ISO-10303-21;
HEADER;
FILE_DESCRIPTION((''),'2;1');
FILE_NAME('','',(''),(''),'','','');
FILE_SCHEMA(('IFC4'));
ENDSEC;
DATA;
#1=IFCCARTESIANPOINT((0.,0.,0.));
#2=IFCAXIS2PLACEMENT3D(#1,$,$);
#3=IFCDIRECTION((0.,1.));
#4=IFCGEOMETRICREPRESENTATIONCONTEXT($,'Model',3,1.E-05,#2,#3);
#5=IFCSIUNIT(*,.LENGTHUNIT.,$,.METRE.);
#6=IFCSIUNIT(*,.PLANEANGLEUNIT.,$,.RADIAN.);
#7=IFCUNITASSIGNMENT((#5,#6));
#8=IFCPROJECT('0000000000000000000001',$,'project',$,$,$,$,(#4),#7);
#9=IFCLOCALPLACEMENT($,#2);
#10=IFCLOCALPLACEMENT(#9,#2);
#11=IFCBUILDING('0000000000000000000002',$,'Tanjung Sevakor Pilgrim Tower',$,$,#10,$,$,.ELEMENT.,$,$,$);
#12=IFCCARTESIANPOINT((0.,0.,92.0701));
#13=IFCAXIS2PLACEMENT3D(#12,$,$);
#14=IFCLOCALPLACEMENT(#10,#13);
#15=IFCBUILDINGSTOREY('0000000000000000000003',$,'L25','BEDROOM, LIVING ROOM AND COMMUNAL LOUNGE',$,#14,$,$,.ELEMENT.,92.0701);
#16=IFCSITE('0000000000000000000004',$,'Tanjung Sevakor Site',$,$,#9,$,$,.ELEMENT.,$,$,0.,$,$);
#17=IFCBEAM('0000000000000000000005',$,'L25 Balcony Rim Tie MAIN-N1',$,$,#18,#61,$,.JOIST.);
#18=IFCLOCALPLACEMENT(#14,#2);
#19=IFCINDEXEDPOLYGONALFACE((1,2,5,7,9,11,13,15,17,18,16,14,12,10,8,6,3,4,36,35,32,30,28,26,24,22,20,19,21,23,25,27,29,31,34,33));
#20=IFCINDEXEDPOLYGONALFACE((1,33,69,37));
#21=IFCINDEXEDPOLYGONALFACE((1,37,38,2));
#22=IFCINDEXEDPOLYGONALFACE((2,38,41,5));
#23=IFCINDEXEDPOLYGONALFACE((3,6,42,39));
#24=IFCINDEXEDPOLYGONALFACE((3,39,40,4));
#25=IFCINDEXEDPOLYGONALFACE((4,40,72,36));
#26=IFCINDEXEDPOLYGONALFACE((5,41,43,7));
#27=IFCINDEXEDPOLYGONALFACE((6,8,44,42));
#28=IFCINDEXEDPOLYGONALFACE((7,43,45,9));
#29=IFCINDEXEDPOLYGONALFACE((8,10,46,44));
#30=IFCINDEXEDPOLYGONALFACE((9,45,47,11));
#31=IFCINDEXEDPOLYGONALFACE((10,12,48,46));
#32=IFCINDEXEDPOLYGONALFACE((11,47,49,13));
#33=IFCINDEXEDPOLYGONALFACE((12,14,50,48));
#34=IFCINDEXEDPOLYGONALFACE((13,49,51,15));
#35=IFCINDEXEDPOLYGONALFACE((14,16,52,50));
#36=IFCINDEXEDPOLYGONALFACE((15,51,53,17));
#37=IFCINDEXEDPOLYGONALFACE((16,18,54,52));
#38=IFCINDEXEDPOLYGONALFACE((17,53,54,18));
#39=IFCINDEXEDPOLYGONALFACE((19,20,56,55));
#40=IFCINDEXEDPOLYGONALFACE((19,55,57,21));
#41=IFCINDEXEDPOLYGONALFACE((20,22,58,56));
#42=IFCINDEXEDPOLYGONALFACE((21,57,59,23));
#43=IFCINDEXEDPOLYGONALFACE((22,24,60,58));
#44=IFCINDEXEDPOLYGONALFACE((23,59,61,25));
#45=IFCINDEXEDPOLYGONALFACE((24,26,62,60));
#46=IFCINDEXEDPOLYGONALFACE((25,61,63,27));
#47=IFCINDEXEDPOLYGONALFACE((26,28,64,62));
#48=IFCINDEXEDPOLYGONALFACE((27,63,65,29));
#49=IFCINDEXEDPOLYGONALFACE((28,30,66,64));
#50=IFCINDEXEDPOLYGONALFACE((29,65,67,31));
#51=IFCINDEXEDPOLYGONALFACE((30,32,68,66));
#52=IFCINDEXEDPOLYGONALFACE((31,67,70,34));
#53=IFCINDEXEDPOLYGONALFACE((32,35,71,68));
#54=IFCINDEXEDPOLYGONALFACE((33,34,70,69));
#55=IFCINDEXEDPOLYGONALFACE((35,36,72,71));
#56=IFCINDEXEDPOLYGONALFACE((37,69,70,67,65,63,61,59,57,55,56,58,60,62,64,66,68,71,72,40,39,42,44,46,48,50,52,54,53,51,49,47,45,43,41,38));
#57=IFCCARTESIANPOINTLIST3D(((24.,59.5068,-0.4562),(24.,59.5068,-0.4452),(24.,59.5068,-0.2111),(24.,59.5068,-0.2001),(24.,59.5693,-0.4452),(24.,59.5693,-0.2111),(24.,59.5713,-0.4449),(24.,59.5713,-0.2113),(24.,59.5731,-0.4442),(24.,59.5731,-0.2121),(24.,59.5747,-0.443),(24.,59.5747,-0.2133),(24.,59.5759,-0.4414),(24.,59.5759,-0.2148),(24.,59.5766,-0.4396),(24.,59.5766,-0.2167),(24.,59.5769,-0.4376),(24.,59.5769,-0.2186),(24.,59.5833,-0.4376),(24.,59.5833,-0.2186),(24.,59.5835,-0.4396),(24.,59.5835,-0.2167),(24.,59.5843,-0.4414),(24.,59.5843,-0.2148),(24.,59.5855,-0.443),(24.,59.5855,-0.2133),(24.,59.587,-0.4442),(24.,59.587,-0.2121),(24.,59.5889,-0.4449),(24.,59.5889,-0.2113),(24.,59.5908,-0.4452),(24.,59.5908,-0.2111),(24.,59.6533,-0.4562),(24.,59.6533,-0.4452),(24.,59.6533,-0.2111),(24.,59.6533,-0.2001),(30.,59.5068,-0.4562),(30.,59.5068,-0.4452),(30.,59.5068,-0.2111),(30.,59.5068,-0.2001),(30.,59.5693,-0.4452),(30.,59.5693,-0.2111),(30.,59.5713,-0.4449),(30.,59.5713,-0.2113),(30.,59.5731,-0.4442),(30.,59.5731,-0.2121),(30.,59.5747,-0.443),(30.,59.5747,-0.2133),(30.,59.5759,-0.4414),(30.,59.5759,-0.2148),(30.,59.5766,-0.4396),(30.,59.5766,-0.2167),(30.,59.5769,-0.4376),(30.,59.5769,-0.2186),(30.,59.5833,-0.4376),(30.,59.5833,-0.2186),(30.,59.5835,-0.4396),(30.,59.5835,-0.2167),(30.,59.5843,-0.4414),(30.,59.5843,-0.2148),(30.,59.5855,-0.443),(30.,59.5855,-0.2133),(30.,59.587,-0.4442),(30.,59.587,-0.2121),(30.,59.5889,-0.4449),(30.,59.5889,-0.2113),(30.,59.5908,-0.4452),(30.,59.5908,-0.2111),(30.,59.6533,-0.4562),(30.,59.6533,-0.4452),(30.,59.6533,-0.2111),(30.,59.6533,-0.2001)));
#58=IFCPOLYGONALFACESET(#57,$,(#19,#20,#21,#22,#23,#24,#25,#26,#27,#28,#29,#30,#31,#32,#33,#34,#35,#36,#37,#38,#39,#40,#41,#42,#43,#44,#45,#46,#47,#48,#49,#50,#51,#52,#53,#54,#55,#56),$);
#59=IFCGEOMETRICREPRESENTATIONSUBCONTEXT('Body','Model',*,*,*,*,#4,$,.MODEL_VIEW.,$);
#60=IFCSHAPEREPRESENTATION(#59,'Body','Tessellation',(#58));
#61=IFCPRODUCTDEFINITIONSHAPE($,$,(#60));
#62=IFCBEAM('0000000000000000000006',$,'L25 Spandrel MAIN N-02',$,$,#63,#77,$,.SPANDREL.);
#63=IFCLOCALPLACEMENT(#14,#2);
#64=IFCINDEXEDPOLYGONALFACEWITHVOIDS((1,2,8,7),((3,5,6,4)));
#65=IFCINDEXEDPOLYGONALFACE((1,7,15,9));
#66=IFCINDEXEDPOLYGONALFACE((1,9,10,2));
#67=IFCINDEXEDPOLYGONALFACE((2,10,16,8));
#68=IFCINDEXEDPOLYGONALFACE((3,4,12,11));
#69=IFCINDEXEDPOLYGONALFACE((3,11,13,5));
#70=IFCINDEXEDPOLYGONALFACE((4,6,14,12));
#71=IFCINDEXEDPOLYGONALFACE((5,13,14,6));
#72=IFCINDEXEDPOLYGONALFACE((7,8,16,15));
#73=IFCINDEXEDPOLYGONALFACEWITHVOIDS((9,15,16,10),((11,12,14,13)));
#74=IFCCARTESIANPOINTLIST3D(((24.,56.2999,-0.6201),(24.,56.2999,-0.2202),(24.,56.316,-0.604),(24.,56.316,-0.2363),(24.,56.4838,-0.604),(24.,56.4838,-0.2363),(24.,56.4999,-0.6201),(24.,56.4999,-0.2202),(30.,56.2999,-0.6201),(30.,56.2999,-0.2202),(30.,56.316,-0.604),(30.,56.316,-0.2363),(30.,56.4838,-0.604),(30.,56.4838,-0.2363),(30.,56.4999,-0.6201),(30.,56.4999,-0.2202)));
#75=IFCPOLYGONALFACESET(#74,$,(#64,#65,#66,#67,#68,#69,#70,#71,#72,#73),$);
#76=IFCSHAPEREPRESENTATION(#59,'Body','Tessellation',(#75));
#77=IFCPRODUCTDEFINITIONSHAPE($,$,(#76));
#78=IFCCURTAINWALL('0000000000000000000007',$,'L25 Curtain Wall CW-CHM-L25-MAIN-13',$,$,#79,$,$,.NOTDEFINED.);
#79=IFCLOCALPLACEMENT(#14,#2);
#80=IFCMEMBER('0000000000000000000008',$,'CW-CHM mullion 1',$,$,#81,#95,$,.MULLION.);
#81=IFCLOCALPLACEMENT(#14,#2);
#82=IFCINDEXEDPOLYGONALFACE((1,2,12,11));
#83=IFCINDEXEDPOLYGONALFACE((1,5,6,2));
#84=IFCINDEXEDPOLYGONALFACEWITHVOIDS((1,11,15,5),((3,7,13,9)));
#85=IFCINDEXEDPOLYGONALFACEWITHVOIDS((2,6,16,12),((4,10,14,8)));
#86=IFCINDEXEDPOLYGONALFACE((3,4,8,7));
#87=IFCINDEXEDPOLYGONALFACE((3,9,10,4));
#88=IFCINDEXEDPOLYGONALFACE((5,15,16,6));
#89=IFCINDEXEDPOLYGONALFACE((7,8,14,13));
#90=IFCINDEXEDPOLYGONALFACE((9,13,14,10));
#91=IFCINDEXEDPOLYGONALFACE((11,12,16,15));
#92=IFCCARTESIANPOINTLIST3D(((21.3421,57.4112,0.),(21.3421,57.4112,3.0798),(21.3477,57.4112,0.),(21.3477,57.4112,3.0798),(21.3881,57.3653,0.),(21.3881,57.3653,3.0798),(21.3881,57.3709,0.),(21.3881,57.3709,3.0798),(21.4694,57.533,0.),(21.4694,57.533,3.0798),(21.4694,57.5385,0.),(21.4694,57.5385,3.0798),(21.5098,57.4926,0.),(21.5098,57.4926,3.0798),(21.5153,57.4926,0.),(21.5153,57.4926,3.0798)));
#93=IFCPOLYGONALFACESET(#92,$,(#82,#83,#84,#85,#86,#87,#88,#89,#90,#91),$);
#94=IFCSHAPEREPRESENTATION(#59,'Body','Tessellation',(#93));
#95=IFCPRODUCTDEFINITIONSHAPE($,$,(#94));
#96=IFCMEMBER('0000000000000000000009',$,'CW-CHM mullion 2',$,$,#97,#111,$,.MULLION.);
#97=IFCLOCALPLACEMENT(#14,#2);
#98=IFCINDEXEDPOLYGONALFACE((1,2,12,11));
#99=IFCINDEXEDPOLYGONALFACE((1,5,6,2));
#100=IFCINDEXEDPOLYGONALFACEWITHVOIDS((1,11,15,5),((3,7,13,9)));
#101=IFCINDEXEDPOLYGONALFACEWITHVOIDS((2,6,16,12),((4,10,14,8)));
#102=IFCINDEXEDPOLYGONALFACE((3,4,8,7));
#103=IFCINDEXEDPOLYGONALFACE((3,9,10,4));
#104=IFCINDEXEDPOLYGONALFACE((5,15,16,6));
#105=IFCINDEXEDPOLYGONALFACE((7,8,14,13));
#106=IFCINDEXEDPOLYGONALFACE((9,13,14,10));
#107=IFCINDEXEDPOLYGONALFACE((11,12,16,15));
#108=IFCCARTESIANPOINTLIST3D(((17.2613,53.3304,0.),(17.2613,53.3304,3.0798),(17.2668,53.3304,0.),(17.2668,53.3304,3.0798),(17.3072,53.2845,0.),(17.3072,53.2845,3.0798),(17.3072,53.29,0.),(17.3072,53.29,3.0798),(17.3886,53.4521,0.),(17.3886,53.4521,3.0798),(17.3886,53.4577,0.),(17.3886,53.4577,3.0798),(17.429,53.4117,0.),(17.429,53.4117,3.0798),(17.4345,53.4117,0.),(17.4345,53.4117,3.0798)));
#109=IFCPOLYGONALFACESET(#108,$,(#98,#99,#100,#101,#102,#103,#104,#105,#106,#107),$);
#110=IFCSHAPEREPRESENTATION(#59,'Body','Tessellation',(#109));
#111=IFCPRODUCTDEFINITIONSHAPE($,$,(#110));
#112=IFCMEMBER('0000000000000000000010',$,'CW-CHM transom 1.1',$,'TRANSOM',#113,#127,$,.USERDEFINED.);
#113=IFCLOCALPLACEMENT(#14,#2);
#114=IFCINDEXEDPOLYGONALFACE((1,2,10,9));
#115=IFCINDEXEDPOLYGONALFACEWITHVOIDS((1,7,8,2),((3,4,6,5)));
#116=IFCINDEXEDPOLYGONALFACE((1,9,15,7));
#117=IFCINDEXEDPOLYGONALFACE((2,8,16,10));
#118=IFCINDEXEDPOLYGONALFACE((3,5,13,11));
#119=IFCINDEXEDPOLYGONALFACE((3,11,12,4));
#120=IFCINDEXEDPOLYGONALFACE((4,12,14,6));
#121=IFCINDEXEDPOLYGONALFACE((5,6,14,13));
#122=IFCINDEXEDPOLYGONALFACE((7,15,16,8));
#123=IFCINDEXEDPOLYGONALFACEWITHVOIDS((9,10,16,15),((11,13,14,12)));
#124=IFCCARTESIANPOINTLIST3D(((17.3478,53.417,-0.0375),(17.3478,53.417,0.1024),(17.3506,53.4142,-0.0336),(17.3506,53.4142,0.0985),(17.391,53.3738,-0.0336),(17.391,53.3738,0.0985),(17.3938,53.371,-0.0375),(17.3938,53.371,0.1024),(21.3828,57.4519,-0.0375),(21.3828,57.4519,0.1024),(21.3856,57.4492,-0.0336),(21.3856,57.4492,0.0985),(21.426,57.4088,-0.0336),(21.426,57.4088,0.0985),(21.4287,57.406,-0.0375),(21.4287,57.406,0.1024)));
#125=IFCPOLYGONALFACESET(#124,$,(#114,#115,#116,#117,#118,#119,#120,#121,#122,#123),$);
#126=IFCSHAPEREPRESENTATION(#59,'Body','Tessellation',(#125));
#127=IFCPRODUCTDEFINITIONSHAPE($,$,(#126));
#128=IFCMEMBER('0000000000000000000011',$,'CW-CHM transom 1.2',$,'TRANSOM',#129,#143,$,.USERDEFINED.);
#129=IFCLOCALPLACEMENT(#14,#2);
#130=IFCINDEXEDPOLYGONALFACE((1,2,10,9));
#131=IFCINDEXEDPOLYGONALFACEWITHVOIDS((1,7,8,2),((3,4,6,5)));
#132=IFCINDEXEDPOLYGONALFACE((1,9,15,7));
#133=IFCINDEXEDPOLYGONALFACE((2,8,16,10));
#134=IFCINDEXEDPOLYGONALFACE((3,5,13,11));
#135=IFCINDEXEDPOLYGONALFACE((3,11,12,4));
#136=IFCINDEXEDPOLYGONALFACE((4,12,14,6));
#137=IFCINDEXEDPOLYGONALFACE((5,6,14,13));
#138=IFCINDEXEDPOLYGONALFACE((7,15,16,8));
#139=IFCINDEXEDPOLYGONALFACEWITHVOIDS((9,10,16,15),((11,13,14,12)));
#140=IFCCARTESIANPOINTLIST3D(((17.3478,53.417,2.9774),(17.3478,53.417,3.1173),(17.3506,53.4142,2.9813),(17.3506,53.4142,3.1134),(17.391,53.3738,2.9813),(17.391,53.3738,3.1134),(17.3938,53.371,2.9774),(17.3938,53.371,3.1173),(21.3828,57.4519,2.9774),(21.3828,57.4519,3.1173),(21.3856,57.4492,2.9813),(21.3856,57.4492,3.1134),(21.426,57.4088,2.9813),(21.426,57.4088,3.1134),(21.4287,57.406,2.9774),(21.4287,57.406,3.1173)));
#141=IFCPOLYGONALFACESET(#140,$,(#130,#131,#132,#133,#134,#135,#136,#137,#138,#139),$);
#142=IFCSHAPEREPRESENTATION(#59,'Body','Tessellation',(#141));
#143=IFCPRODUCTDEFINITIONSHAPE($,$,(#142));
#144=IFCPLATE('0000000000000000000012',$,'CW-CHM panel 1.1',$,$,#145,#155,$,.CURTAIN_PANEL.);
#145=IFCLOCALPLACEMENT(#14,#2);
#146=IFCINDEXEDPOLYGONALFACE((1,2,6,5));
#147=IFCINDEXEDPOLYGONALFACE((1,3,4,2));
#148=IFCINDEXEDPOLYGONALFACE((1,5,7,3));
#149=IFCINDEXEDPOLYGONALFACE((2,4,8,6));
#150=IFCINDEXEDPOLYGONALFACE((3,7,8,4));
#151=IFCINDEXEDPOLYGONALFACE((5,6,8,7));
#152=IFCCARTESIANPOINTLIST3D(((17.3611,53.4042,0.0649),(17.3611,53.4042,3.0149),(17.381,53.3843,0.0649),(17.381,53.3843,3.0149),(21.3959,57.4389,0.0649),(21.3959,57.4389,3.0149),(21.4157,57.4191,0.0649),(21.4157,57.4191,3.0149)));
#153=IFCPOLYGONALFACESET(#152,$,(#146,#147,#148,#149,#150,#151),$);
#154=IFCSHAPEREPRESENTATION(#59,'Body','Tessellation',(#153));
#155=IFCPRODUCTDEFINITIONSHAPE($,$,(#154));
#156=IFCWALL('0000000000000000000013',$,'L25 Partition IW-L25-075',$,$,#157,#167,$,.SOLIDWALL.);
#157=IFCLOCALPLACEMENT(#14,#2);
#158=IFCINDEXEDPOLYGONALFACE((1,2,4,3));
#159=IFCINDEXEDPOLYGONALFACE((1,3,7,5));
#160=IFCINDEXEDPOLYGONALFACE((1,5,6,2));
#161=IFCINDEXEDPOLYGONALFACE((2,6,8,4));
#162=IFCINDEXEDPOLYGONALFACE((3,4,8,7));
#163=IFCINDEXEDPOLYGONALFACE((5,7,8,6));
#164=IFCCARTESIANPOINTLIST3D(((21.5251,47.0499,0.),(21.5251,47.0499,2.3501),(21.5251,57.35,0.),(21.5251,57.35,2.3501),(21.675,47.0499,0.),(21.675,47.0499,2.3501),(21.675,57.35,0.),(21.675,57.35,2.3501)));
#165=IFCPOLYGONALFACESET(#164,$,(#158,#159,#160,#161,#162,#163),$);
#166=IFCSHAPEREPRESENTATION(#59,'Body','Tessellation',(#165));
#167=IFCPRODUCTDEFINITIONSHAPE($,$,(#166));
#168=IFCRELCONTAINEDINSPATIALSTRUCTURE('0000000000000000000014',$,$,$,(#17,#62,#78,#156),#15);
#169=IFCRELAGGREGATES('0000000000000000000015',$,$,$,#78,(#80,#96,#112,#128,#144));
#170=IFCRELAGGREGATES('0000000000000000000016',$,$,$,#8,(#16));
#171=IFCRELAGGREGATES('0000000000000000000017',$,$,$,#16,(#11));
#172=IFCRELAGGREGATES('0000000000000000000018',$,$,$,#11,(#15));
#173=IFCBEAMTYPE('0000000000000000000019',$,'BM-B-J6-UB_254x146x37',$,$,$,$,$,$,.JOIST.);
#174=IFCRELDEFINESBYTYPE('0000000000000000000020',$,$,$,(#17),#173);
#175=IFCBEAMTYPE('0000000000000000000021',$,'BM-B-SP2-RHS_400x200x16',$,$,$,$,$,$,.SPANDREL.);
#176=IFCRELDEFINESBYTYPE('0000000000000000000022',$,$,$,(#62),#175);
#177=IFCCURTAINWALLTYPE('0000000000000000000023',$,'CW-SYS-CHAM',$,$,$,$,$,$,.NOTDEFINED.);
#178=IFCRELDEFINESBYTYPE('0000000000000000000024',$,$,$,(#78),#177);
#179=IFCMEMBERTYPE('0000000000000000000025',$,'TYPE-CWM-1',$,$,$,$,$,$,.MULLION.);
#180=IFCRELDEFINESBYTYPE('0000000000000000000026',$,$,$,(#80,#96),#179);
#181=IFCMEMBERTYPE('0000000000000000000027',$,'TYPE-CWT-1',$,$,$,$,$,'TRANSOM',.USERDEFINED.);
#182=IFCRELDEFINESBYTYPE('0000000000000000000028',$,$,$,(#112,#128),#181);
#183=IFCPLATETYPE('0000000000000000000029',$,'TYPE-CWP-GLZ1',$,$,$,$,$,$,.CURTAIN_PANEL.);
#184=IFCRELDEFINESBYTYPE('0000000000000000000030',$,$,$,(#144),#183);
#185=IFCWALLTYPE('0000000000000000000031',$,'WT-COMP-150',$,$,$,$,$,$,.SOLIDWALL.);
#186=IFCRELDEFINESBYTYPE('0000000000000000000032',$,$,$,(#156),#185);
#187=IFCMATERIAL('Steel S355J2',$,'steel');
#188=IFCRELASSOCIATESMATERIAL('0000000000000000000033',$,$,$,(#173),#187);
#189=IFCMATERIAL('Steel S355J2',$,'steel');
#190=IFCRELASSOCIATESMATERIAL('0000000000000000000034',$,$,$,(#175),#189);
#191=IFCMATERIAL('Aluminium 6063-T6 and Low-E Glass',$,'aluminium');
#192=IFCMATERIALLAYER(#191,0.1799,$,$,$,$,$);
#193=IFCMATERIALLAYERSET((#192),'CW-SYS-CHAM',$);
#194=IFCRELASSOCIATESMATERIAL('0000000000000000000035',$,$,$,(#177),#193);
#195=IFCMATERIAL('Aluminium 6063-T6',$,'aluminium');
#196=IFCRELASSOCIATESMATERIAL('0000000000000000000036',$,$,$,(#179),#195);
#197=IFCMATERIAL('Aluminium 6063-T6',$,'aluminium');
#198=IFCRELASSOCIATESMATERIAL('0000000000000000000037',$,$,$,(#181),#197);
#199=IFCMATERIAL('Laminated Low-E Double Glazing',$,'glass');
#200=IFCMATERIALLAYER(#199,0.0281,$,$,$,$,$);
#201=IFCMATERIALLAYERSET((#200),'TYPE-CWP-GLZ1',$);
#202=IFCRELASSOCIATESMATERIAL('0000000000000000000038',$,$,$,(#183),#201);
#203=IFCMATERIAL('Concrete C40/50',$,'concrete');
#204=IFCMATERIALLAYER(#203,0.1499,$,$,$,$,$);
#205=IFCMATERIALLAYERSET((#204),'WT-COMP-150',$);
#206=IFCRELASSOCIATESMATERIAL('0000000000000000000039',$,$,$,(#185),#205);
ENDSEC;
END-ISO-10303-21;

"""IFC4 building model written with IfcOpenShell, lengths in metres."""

from ifc_helpers import new_model, si_unit, direction, frame, frame_2d, origin, origin_2d, place, context, subcontext, project, spatial, rectangle, hollow_rectangle, i_section, extrude, material, layer, layer_set, material_profile, profile_set, type_object, element, aggregate, save


model = new_model("IFC4")

# Units and contexts
model_context = context("Model", 3, precision=1e-05, world=origin(), true_north=direction((0.0, 1.0)))
body_context = subcontext(model_context, "Body", "Model", "MODEL_VIEW")
ifc_project = project(units=[si_unit("LENGTHUNIT", "METRE"), si_unit("PLANEANGLEUNIT", "RADIAN")], contexts=[model_context])

# Site, building, storey
site_placement = place(None, origin())
site = spatial("IfcSite", under=ifc_project, at=site_placement, Name="Tanjung Sevakor Site", CompositionType="ELEMENT", RefElevation=0.0)
building_placement = place(site_placement, origin())
building = spatial("IfcBuilding", under=site, at=building_placement, Name="Tanjung Sevakor Pilgrim Tower", CompositionType="ELEMENT")
storey_placement = place(building_placement, frame((0.0, 0.0, 92.0701)))
storey = spatial("IfcBuildingStorey", under=building, at=storey_placement, Name="L25", Description="BEDROOM, LIVING ROOM AND COMMUNAL LOUNGE", CompositionType="ELEMENT", Elevation=92.0701)

# Beams
ifc_material_1 = material(Name="Steel S355J2", Category="steel")
ifc_material_profile_1 = material_profile(ifc_material_1, i_section(OverallWidth=0.1465, OverallDepth=0.2561, WebThickness=0.0063, FlangeThickness=0.011, FilletRadius=0.0076, at=origin_2d()))
ifc_profile_set_1 = profile_set([ifc_material_profile_1], Name="Steel S355J2")
beam_type_1 = type_object("IfcBeamType", Name="BM-B-J6-UB_254x146x37", PredefinedType="JOIST", material=ifc_profile_set_1)
beam_1_placement = place(storey_placement, frame((24.0, 59.5801, -0.3281), z_axis=(1.0, 0.0, 0.0), x_axis=(0.0, 1.0, 0.0)))
element("IfcBeam", 1, at=beam_1_placement, inside=storey, type_object=beam_type_1, Name="L25 Balcony Rim Tie MAIN-N1", PredefinedType="JOIST", context=body_context, shape_type="SweptSolid", body=[
    extrude(i_section(OverallWidth=0.1465, OverallDepth=0.2561, WebThickness=0.0063, FlangeThickness=0.011, FilletRadius=0.0076, at=origin_2d()), origin(), (0.0, 0.0, 1.0), 6.0),
])
ifc_material_2 = material(Name="Steel S355J2", Category="steel")
ifc_material_profile_2 = material_profile(ifc_material_2, hollow_rectangle(XDim=0.2, YDim=0.3999, WallThickness=0.0161, at=origin_2d()))
ifc_profile_set_2 = profile_set([ifc_material_profile_2], Name="Steel S355J2")
beam_type_2 = type_object("IfcBeamType", Name="BM-B-SP2-RHS_400x200x16", PredefinedType="SPANDREL", material=ifc_profile_set_2)
beam_2_placement = place(storey_placement, frame((24.0, 56.3999, -0.4202), z_axis=(1.0, 0.0, 0.0), x_axis=(0.0, 1.0, 0.0)))
element("IfcBeam", 2, at=beam_2_placement, inside=storey, type_object=beam_type_2, Name="L25 Spandrel MAIN N-02", PredefinedType="SPANDREL", context=body_context, shape_type="SweptSolid", body=[
    extrude(hollow_rectangle(XDim=0.2, YDim=0.3999, WallThickness=0.0161, at=origin_2d()), origin(), (0.0, 0.0, 1.0), 6.0),
])

# Curtain wall, members, plate
ifc_material_3 = material(Name="Aluminium 6063-T6 and Low-E Glass", Category="aluminium")
ifc_layer_1 = layer(ifc_material_3, 0.1799)
ifc_layer_set_1 = layer_set([ifc_layer_1], Name="CW-SYS-CHAM")
curtain_wall_type = type_object("IfcCurtainWallType", Name="CW-SYS-CHAM", PredefinedType="NOTDEFINED", material=ifc_layer_set_1)
curtain_wall_placement = place(storey_placement, origin())
curtain_wall = element("IfcCurtainWall", 3, at=curtain_wall_placement, inside=storey, type_object=curtain_wall_type, Name="L25 Curtain Wall CW-CHM-L25-MAIN-13", PredefinedType="NOTDEFINED")
ifc_material_4 = material(Name="Aluminium 6063-T6", Category="aluminium")
ifc_material_profile_3 = material_profile(ifc_material_4, hollow_rectangle(XDim=0.0649, YDim=0.1799, WallThickness=0.0039, at=origin_2d()))
ifc_profile_set_3 = profile_set([ifc_material_profile_3], Name="Aluminium 6063-T6")
member_type_1 = type_object("IfcMemberType", Name="TYPE-CWM-1", PredefinedType="MULLION", material=ifc_profile_set_3)
member_1_placement = place(storey_placement, frame((21.4287, 57.4519, 0.0), z_axis=(0.0, 0.0, 1.0), x_axis=(0.707107, -0.707107, 0.0)))
member_1 = element("IfcMember", 4, at=member_1_placement, type_object=member_type_1, Name="CW-CHM mullion 1", PredefinedType="MULLION", context=body_context, shape_type="SweptSolid", body=[
    extrude(hollow_rectangle(XDim=0.0649, YDim=0.1799, WallThickness=0.0039, at=origin_2d()), origin(), (0.0, 0.0, 1.0), 3.0798),
])
member_2_placement = place(storey_placement, frame((17.3479, 53.3711, 0.0), z_axis=(0.0, 0.0, 1.0), x_axis=(0.707107, -0.707107, 0.0)))
member_2 = element("IfcMember", 5, at=member_2_placement, type_object=member_type_1, Name="CW-CHM mullion 2", PredefinedType="MULLION", context=body_context, shape_type="SweptSolid", body=[
    extrude(hollow_rectangle(XDim=0.0649, YDim=0.1799, WallThickness=0.0039, at=origin_2d()), origin(), (0.0, 0.0, 1.0), 3.0798),
])
ifc_material_5 = material(Name="Aluminium 6063-T6", Category="aluminium")
ifc_material_profile_4 = material_profile(ifc_material_5, hollow_rectangle(XDim=0.0649, YDim=0.1399, WallThickness=0.0039, at=origin_2d()))
ifc_profile_set_4 = profile_set([ifc_material_profile_4], Name="Aluminium 6063-T6")
member_type_2 = type_object("IfcMemberType", Name="TYPE-CWT-1", ElementType="TRANSOM", PredefinedType="USERDEFINED", material=ifc_profile_set_4)
member_3_placement = place(storey_placement, frame((21.4058, 57.429, 0.0325), z_axis=(-0.707107, -0.707107, 0.0), x_axis=(0.707107, -0.707107, 0.0)))
member_3 = element("IfcMember", 6, at=member_3_placement, type_object=member_type_2, Name="CW-CHM transom 1.1", ObjectType="TRANSOM", PredefinedType="USERDEFINED", context=body_context, shape_type="SweptSolid", body=[
    extrude(hollow_rectangle(XDim=0.0649, YDim=0.1399, WallThickness=0.0039, at=origin_2d()), origin(), (0.0, 0.0, 1.0), 5.7063),
])
member_4_placement = place(storey_placement, frame((21.4058, 57.429, 3.0474), z_axis=(-0.707107, -0.707107, 0.0), x_axis=(0.707107, -0.707107, 0.0)))
member_4 = element("IfcMember", 7, at=member_4_placement, type_object=member_type_2, Name="CW-CHM transom 1.2", ObjectType="TRANSOM", PredefinedType="USERDEFINED", context=body_context, shape_type="SweptSolid", body=[
    extrude(hollow_rectangle(XDim=0.0649, YDim=0.1399, WallThickness=0.0039, at=origin_2d()), origin(), (0.0, 0.0, 1.0), 5.7063),
])
ifc_material_6 = material(Name="Laminated Low-E Double Glazing", Category="glass")
ifc_layer_2 = layer(ifc_material_6, 0.0281)
ifc_layer_set_2 = layer_set([ifc_layer_2], Name="TYPE-CWP-GLZ1")
plate_type = type_object("IfcPlateType", Name="TYPE-CWP-GLZ1", PredefinedType="CURTAIN_PANEL", material=ifc_layer_set_2)
plate_placement = place(storey_placement, frame((19.3884, 55.4116, 0.0649), z_axis=(0.0, 0.0, 1.0), x_axis=(-0.707107, -0.707107, 0.0)))
plate = element("IfcPlate", 8, at=plate_placement, type_object=plate_type, Name="CW-CHM panel 1.1", PredefinedType="CURTAIN_PANEL", context=body_context, shape_type="SweptSolid", body=[
    extrude(rectangle(XDim=5.7061, YDim=0.0281, at=origin_2d()), origin(), (0.0, 0.0, 1.0), 2.95),
])
aggregate(curtain_wall, [member_1, member_2, member_3, member_4, plate])

# Wall
ifc_material_7 = material(Name="Concrete C40/50", Category="concrete")
ifc_layer_3 = layer(ifc_material_7, 0.1499)
ifc_layer_set_3 = layer_set([ifc_layer_3], Name="WT-COMP-150")
wall_type_1 = type_object("IfcWallType", Name="WT-COMP-150", PredefinedType="SOLIDWALL", material=ifc_layer_set_3)
wall_1_placement = place(storey_placement, frame((21.6001, 47.05, 0.0), z_axis=(0.0, 0.0, 1.0), x_axis=(0.0, 1.0, 0.0)))
element("IfcWall", 9, at=wall_1_placement, inside=storey, type_object=wall_type_1, Name="L25 Partition IW-L25-075", PredefinedType="SOLIDWALL", context=body_context, shape_type="SweptSolid", body=[
    extrude(rectangle(XDim=10.3, YDim=0.1499, at=frame_2d((5.1499, 0.0))), origin(), (0.0, 0.0, 1.0), 2.3501),
])

save(model, "model.ifc")
